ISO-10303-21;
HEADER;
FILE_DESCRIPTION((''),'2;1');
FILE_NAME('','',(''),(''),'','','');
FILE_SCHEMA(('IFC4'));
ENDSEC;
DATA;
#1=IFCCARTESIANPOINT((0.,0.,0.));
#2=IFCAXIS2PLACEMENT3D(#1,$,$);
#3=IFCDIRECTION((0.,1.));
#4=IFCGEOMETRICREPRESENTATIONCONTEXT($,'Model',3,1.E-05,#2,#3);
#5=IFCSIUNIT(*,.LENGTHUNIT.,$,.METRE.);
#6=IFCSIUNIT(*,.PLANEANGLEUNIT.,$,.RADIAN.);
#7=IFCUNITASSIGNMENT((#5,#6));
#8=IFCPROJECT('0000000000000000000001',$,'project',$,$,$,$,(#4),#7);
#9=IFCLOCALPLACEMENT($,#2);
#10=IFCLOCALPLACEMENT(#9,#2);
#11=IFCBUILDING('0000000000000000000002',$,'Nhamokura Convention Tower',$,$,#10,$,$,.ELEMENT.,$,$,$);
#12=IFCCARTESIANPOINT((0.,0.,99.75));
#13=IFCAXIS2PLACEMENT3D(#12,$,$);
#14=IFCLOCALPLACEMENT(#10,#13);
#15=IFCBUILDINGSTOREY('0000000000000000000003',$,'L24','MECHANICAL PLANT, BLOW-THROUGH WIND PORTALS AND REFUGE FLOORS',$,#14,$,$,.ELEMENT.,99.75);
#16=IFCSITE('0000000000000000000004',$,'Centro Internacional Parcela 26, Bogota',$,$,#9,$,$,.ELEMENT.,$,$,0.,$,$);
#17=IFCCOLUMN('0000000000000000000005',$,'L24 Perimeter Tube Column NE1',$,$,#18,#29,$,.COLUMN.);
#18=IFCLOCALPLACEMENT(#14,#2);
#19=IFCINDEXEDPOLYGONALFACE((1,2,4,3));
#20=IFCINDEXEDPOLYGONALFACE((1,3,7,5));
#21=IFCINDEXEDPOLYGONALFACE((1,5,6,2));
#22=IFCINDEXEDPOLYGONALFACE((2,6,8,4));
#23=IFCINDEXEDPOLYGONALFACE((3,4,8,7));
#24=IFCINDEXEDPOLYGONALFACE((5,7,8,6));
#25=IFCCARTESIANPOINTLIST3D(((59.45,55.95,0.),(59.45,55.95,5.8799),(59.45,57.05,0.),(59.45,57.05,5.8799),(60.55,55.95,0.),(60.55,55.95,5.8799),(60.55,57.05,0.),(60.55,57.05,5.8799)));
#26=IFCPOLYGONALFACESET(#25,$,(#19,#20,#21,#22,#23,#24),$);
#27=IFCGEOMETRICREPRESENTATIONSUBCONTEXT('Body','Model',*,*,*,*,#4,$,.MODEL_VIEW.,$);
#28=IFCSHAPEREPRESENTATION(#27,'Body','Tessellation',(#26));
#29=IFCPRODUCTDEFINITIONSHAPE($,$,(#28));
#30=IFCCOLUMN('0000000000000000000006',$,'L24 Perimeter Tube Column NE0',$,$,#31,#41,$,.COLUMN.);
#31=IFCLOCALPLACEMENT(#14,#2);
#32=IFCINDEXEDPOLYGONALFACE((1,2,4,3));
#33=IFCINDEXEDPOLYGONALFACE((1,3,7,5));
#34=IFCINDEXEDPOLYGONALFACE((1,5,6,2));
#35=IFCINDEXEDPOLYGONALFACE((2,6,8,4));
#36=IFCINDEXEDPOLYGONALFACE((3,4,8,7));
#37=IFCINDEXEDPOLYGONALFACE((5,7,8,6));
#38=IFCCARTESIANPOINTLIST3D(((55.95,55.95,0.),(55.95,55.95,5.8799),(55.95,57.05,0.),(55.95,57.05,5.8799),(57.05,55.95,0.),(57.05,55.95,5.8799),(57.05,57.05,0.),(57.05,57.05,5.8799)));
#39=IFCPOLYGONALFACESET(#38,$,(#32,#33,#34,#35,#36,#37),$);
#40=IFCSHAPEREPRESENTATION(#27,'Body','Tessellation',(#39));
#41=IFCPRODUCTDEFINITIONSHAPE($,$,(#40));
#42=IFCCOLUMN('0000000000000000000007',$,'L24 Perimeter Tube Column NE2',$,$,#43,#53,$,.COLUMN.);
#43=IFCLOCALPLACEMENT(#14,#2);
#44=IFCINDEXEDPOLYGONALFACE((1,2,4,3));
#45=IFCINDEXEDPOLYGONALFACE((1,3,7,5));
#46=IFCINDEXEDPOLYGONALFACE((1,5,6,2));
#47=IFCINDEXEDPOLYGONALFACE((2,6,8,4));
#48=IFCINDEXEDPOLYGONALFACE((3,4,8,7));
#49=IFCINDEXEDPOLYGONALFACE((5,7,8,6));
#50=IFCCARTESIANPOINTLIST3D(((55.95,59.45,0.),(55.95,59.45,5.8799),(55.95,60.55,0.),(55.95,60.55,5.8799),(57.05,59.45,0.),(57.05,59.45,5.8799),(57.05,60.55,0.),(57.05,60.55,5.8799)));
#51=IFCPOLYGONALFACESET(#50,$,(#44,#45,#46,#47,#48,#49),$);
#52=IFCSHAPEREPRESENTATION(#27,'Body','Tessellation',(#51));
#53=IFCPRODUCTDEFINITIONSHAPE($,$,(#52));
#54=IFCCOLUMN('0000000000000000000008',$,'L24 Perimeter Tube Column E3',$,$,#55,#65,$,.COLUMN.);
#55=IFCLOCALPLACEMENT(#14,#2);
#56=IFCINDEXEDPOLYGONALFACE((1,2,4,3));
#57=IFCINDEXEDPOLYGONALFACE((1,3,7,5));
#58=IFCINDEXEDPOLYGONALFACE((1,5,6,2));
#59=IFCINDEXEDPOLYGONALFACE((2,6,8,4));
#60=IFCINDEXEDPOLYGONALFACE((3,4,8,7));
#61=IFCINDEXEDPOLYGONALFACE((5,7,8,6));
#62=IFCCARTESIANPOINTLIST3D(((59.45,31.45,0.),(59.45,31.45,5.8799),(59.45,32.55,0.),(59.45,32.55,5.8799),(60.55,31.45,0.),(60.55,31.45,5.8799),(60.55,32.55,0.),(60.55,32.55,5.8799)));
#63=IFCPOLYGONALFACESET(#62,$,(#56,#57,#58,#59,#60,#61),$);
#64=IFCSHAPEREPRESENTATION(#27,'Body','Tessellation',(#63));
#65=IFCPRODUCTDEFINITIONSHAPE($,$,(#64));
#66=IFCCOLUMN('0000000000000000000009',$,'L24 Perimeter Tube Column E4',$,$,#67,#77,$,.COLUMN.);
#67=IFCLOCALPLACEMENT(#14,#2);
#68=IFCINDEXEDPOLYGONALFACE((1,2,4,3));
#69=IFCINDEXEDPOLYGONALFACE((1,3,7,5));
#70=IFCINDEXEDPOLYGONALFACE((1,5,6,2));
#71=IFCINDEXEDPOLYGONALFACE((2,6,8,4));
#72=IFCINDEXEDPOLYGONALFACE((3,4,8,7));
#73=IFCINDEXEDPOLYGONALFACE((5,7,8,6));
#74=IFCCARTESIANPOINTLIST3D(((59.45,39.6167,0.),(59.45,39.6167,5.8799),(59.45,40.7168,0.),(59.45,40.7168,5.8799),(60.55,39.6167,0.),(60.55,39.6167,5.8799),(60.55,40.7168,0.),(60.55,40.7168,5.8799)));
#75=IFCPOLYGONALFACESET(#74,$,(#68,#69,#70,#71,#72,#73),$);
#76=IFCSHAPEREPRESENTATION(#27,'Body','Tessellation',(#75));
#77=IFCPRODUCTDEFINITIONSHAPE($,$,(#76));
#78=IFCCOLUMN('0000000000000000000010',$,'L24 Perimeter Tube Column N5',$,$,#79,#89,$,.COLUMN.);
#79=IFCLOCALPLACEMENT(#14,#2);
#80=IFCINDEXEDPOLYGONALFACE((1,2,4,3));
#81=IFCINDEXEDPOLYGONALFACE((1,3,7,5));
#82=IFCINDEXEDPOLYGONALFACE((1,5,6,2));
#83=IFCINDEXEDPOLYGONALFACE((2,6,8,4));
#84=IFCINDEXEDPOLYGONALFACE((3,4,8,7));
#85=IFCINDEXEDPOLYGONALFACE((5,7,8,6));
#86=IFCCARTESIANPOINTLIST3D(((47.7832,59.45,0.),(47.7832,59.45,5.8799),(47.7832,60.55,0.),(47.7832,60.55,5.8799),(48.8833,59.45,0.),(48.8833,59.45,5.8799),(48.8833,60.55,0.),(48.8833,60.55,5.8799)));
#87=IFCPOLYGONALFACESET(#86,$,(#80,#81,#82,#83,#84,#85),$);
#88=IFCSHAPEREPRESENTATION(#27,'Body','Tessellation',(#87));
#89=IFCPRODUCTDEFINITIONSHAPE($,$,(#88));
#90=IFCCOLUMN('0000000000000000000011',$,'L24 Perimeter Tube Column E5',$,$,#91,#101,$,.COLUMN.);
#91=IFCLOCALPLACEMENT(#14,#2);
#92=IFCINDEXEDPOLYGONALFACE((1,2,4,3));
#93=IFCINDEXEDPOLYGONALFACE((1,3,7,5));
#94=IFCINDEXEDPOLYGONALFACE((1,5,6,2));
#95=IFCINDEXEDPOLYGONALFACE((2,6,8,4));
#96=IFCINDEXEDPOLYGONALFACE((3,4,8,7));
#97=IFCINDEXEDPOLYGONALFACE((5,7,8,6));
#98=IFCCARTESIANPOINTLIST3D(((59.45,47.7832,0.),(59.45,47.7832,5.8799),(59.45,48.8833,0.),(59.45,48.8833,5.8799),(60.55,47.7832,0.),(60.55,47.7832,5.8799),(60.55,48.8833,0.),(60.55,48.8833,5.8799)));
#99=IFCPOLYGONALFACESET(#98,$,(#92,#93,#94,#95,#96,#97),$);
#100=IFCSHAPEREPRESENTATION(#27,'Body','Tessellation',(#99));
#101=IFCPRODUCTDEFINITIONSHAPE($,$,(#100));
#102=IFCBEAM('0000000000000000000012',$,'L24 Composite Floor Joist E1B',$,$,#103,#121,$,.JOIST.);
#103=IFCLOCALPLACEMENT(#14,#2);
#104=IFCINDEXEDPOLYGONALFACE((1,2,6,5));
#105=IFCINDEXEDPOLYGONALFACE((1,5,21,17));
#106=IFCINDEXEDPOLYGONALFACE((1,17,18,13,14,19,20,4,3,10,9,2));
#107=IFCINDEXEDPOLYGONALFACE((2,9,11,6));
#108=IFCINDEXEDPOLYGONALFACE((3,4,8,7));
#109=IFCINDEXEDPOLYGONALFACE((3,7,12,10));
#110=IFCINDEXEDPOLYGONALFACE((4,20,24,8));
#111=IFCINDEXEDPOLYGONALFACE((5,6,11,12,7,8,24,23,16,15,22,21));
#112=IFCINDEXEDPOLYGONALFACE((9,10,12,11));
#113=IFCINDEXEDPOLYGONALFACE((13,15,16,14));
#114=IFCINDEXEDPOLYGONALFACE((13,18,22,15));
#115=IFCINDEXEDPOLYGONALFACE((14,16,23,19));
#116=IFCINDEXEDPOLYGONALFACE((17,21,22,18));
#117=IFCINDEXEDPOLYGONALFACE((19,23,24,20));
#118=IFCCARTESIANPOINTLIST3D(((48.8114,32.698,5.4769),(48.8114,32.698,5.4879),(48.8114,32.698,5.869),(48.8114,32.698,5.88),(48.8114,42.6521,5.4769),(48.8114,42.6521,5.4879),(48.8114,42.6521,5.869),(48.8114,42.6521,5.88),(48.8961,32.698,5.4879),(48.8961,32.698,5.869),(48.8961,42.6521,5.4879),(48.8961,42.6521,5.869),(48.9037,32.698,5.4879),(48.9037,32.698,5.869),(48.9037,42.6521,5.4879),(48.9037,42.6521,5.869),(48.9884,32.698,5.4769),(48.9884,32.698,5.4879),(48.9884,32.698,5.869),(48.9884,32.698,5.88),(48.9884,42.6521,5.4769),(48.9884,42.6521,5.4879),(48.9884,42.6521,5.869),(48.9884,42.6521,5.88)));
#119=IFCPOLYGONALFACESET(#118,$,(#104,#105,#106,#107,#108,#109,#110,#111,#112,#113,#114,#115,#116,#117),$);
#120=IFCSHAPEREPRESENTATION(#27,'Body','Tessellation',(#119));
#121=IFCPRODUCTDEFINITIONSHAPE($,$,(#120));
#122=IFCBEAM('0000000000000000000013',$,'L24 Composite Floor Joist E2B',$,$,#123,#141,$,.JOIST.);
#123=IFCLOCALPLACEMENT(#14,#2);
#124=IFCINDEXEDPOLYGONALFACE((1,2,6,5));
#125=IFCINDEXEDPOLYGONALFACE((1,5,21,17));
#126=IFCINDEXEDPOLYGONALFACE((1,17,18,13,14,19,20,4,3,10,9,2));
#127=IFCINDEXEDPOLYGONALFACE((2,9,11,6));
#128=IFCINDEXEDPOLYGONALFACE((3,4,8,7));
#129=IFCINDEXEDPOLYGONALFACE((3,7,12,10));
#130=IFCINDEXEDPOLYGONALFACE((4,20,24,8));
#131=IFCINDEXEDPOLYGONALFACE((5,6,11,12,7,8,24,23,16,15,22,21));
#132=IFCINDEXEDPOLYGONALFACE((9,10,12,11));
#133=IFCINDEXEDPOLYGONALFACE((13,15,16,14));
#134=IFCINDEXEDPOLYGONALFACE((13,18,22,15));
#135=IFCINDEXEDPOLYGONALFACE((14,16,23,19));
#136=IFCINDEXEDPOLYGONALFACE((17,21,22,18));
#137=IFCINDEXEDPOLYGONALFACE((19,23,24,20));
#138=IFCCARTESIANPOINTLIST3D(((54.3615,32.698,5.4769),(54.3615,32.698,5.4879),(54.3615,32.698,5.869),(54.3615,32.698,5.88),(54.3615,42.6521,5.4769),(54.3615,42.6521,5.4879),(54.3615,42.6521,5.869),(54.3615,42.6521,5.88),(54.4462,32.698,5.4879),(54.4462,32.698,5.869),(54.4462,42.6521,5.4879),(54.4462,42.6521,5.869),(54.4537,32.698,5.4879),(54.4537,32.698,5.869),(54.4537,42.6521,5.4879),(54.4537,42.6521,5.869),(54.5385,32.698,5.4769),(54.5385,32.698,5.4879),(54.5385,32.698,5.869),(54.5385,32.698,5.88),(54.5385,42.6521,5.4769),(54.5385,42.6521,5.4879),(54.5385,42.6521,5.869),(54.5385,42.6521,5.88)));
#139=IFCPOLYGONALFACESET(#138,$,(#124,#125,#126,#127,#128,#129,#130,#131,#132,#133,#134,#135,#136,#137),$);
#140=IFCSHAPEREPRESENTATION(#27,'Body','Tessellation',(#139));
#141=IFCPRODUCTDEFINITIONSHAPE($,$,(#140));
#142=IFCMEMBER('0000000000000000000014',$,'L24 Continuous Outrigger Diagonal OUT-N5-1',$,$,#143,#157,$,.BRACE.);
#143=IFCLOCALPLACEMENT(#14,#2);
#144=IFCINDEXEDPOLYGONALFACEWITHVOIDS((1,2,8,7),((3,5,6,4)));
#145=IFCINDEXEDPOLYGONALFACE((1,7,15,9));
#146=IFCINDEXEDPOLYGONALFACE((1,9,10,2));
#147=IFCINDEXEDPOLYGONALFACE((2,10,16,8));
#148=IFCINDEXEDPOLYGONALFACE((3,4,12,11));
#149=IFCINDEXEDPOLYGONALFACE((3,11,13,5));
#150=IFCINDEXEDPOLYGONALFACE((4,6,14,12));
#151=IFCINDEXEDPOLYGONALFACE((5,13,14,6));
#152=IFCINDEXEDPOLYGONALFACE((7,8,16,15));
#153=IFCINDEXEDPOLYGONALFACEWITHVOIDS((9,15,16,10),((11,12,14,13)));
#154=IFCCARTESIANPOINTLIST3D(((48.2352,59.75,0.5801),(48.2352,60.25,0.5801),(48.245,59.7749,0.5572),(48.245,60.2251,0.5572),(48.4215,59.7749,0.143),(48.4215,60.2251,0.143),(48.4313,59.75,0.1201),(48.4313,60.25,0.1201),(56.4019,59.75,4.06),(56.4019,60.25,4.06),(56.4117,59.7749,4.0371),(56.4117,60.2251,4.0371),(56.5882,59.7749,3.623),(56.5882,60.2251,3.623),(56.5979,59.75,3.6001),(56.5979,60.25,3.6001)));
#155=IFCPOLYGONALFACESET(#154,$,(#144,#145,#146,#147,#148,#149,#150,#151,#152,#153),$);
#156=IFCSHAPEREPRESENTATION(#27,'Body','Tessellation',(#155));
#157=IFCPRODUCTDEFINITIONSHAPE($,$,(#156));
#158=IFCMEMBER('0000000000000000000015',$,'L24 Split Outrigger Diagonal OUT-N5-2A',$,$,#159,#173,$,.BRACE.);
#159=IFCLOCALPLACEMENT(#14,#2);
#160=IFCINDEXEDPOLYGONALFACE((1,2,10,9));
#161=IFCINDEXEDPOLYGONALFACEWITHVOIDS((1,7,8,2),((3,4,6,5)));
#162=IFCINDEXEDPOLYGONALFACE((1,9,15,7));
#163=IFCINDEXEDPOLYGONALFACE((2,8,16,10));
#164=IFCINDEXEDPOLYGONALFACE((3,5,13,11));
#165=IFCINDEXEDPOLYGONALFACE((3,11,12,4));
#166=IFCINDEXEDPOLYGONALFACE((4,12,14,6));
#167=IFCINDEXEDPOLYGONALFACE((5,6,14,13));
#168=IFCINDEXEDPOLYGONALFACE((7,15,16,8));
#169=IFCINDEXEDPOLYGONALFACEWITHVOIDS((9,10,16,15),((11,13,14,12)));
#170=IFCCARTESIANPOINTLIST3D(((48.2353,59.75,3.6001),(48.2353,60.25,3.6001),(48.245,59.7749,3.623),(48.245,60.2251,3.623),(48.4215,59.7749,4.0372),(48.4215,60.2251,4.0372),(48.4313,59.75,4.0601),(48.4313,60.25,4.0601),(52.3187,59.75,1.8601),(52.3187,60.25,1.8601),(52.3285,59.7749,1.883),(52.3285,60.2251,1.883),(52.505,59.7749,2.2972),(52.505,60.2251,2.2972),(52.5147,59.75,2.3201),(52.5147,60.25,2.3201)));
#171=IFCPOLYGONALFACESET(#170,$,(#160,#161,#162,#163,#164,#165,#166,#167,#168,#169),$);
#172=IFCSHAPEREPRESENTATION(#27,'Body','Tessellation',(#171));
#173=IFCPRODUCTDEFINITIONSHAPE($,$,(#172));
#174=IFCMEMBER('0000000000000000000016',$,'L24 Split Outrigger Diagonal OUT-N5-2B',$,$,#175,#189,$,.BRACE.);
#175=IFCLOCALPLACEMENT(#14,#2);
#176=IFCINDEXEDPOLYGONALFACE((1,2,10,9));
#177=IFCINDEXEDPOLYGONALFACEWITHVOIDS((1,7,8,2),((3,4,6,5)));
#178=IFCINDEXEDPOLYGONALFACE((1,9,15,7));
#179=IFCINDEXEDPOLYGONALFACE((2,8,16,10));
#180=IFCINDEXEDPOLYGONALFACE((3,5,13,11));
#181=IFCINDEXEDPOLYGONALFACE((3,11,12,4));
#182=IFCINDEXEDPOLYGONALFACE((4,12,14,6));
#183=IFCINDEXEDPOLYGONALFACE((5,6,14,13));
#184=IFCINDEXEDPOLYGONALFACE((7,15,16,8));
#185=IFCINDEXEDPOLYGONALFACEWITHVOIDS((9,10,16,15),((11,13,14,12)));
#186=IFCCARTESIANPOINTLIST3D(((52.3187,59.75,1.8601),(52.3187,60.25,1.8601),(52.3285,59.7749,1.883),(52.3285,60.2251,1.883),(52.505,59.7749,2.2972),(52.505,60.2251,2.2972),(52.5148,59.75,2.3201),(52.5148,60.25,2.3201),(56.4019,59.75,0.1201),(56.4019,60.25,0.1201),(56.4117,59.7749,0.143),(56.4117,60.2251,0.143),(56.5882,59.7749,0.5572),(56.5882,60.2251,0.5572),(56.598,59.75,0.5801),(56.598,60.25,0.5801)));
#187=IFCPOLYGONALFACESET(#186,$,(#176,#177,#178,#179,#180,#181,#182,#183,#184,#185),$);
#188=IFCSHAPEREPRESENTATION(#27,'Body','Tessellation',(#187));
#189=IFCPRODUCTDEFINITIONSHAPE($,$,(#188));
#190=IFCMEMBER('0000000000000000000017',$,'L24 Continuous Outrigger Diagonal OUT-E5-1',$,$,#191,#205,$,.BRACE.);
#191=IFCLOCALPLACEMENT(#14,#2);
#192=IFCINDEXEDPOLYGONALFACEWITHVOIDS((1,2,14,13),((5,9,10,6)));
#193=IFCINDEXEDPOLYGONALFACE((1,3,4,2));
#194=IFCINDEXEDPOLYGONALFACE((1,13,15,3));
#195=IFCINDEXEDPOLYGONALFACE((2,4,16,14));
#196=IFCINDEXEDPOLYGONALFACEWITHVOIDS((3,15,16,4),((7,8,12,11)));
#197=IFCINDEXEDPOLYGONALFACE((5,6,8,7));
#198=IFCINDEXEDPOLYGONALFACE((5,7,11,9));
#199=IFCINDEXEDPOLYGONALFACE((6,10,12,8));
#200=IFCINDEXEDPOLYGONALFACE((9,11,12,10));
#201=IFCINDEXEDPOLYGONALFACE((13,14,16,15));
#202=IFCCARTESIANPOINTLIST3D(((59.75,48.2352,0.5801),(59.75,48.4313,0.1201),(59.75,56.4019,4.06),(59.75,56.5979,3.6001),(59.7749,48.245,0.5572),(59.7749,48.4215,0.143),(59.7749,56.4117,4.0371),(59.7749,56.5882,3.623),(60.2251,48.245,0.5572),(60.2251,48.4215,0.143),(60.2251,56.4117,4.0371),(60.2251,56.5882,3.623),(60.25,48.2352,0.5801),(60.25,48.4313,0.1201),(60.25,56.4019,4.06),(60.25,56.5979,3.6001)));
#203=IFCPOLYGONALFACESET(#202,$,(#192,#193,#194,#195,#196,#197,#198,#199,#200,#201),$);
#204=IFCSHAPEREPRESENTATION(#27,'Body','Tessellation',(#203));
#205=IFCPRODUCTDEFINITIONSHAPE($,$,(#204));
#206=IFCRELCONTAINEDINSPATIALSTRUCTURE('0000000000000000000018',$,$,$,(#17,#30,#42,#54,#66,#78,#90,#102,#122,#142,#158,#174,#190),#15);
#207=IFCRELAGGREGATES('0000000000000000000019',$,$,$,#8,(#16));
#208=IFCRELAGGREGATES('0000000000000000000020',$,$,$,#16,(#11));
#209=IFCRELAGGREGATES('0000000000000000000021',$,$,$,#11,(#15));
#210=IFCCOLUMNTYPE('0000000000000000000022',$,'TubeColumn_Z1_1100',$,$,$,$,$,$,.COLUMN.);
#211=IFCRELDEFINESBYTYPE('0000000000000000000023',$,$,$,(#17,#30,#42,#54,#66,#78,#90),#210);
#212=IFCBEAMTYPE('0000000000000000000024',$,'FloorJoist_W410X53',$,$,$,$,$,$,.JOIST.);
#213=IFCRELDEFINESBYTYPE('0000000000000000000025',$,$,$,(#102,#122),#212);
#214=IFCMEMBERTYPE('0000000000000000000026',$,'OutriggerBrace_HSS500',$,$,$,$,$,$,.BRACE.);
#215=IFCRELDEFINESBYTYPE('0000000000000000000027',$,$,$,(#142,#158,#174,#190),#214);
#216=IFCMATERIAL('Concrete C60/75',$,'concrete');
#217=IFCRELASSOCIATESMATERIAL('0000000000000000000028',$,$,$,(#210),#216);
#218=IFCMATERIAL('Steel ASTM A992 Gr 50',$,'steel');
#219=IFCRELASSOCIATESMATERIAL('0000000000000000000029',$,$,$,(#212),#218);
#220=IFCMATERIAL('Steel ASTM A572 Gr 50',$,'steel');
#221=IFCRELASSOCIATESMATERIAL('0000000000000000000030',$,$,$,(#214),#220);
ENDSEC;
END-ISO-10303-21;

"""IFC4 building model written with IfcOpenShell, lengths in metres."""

from ifc_helpers import new_model, si_unit, direction, frame, origin, origin_2d, place, context, subcontext, project, spatial, rectangle, hollow_rectangle, i_section, extrude, material, material_profile, profile_set, type_object, element, save


model = new_model("IFC4")

# Units and contexts
model_context = context("Model", 3, precision=1e-05, world=origin(), true_north=direction((0.0, 1.0)))
body_context = subcontext(model_context, "Body", "Model", "MODEL_VIEW")
ifc_project = project(units=[si_unit("LENGTHUNIT", "METRE"), si_unit("PLANEANGLEUNIT", "RADIAN")], contexts=[model_context])

# Site, building, storey
site_placement = place(None, origin())
site = spatial("IfcSite", under=ifc_project, at=site_placement, Name="Centro Internacional Parcela 26, Bogota", CompositionType="ELEMENT", RefElevation=0.0)
building_placement = place(site_placement, origin())
building = spatial("IfcBuilding", under=site, at=building_placement, Name="Nhamokura Convention Tower", CompositionType="ELEMENT")
storey_placement = place(building_placement, frame((0.0, 0.0, 99.75)))
storey = spatial("IfcBuildingStorey", under=building, at=storey_placement, Name="L24", Description="MECHANICAL PLANT, BLOW-THROUGH WIND PORTALS AND REFUGE FLOORS", CompositionType="ELEMENT", Elevation=99.75)

# Columns
ifc_material_1 = material(Name="Concrete C60/75", Category="concrete")
ifc_material_profile_1 = material_profile(ifc_material_1, rectangle(XDim=1.1001, YDim=1.1001, at=origin_2d()))
ifc_profile_set_1 = profile_set([ifc_material_profile_1], Name="Concrete C60/75")
column_type = type_object("IfcColumnType", Name="TubeColumn_Z1_1100", PredefinedType="COLUMN", material=ifc_profile_set_1)
for number, where, z_axis, x_axis, name in (
    (1, (60.0, 56.5, 0.0), (0.0, 0.0, 1.0), (1.0, 0.0, 0.0), "L24 Perimeter Tube Column NE1"),
    (2, (56.5, 56.5, 0.0), (0.0, 0.0, 1.0), (1.0, 0.0, 0.0), "L24 Perimeter Tube Column NE0"),
    (3, (56.5, 60.0, 0.0), (0.0, 0.0, 1.0), (1.0, 0.0, 0.0), "L24 Perimeter Tube Column NE2"),
    (4, (60.0, 32.0, 0.0), (0.0, 0.0, 1.0), (1.0, 0.0, 0.0), "L24 Perimeter Tube Column E3"),
    (5, (60.0, 40.1667, 0.0), (0.0, 0.0, 1.0), (1.0, 0.0, 0.0), "L24 Perimeter Tube Column E4"),
    (6, (48.3333, 60.0, 0.0), (0.0, 0.0, 1.0), (1.0, 0.0, 0.0), "L24 Perimeter Tube Column N5"),
    (7, (60.0, 48.3333, 0.0), (0.0, 0.0, 1.0), (1.0, 0.0, 0.0), "L24 Perimeter Tube Column E5"),
):
    element("IfcColumn", number, at=place(storey_placement, frame(where, z_axis=z_axis, x_axis=x_axis)), inside=storey, type_object=column_type, Name=name, PredefinedType="COLUMN", context=body_context, shape_type="SweptSolid", body=[
        extrude(rectangle(XDim=1.1001, YDim=1.1001, at=origin_2d()), origin(), (0.0, 0.0, 1.0), 5.8799),
    ])

# Beams
ifc_material_2 = material(Name="Steel ASTM A992 Gr 50", Category="steel")
ifc_material_profile_2 = material_profile(ifc_material_2, i_section(OverallWidth=0.177, OverallDepth=0.4031, WebThickness=0.0076, FlangeThickness=0.011, at=origin_2d()))
ifc_profile_set_2 = profile_set([ifc_material_profile_2], Name="Steel ASTM A992 Gr 50")
beam_type_1 = type_object("IfcBeamType", Name="FloorJoist_W410X53", PredefinedType="JOIST", material=ifc_profile_set_2)
for number, where, z_axis, x_axis, name in (
    (8, (48.8999, 32.698, 5.6785), (0.0, 1.0, 0.0), (-1.0, 0.0, 0.0), "L24 Composite Floor Joist E1B"),
    (9, (54.45, 32.698, 5.6785), (0.0, 1.0, 0.0), (-1.0, 0.0, 0.0), "L24 Composite Floor Joist E2B"),
):
    element("IfcBeam", number, at=place(storey_placement, frame(where, z_axis=z_axis, x_axis=x_axis)), inside=storey, type_object=beam_type_1, Name=name, PredefinedType="JOIST", context=body_context, shape_type="SweptSolid", body=[
        extrude(i_section(OverallWidth=0.177, OverallDepth=0.4031, WebThickness=0.0076, FlangeThickness=0.011, at=origin_2d()), origin(), (0.0, 0.0, 1.0), 9.9541),
    ])

# Members
ifc_material_3 = material(Name="Steel ASTM A572 Gr 50", Category="steel")
ifc_material_profile_3 = material_profile(ifc_material_3, hollow_rectangle(XDim=0.5, YDim=0.5, WallThickness=0.0249, at=origin_2d()))
ifc_profile_set_3 = profile_set([ifc_material_profile_3], Name="Steel ASTM A572 Gr 50")
member_type_1 = type_object("IfcMemberType", Name="OutriggerBrace_HSS500", PredefinedType="BRACE", material=ifc_profile_set_3)
member_1_placement = place(storey_placement, frame((48.3333, 60.0, 0.3501), z_axis=(0.919961, 0.0, 0.39201), x_axis=(0.0, 1.0, 0.0)))
element("IfcMember", 10, at=member_1_placement, inside=storey, type_object=member_type_1, Name="L24 Continuous Outrigger Diagonal OUT-N5-1", PredefinedType="BRACE", context=body_context, shape_type="SweptSolid", body=[
    extrude(hollow_rectangle(XDim=0.5, YDim=0.5, WallThickness=0.0249, at=origin_2d()), origin(), (0.0, 0.0, 1.0), 8.8772),
])
member_2_placement = place(storey_placement, frame((48.3333, 60.0, 3.8301), z_axis=(0.919965, 0.0, -0.392), x_axis=(0.0, 1.0, 0.0)))
element("IfcMember", 11, at=member_2_placement, inside=storey, type_object=member_type_1, Name="L24 Split Outrigger Diagonal OUT-N5-2A", PredefinedType="BRACE", context=body_context, shape_type="SweptSolid", body=[
    extrude(hollow_rectangle(XDim=0.5, YDim=0.5, WallThickness=0.0249, at=origin_2d()), origin(), (0.0, 0.0, 1.0), 4.4387),
])
member_3_placement = place(storey_placement, frame((52.4167, 60.0, 2.0901), z_axis=(0.919957, 0.0, -0.39202), x_axis=(0.0, 1.0, 0.0)))
element("IfcMember", 12, at=member_3_placement, inside=storey, type_object=member_type_1, Name="L24 Split Outrigger Diagonal OUT-N5-2B", PredefinedType="BRACE", context=body_context, shape_type="SweptSolid", body=[
    extrude(hollow_rectangle(XDim=0.5, YDim=0.5, WallThickness=0.0249, at=origin_2d()), origin(), (0.0, 0.0, 1.0), 4.4385),
])
member_4_placement = place(storey_placement, frame((60.0, 48.3333, 0.3501), z_axis=(0.0, 0.919961, 0.39201), x_axis=(-1.0, 0.0, 0.0)))
element("IfcMember", 13, at=member_4_placement, inside=storey, type_object=member_type_1, Name="L24 Continuous Outrigger Diagonal OUT-E5-1", PredefinedType="BRACE", context=body_context, shape_type="SweptSolid", body=[
    extrude(hollow_rectangle(XDim=0.5, YDim=0.5, WallThickness=0.0249, at=origin_2d()), origin(), (0.0, 0.0, 1.0), 8.8772),
])

save(model, "model.ifc")
